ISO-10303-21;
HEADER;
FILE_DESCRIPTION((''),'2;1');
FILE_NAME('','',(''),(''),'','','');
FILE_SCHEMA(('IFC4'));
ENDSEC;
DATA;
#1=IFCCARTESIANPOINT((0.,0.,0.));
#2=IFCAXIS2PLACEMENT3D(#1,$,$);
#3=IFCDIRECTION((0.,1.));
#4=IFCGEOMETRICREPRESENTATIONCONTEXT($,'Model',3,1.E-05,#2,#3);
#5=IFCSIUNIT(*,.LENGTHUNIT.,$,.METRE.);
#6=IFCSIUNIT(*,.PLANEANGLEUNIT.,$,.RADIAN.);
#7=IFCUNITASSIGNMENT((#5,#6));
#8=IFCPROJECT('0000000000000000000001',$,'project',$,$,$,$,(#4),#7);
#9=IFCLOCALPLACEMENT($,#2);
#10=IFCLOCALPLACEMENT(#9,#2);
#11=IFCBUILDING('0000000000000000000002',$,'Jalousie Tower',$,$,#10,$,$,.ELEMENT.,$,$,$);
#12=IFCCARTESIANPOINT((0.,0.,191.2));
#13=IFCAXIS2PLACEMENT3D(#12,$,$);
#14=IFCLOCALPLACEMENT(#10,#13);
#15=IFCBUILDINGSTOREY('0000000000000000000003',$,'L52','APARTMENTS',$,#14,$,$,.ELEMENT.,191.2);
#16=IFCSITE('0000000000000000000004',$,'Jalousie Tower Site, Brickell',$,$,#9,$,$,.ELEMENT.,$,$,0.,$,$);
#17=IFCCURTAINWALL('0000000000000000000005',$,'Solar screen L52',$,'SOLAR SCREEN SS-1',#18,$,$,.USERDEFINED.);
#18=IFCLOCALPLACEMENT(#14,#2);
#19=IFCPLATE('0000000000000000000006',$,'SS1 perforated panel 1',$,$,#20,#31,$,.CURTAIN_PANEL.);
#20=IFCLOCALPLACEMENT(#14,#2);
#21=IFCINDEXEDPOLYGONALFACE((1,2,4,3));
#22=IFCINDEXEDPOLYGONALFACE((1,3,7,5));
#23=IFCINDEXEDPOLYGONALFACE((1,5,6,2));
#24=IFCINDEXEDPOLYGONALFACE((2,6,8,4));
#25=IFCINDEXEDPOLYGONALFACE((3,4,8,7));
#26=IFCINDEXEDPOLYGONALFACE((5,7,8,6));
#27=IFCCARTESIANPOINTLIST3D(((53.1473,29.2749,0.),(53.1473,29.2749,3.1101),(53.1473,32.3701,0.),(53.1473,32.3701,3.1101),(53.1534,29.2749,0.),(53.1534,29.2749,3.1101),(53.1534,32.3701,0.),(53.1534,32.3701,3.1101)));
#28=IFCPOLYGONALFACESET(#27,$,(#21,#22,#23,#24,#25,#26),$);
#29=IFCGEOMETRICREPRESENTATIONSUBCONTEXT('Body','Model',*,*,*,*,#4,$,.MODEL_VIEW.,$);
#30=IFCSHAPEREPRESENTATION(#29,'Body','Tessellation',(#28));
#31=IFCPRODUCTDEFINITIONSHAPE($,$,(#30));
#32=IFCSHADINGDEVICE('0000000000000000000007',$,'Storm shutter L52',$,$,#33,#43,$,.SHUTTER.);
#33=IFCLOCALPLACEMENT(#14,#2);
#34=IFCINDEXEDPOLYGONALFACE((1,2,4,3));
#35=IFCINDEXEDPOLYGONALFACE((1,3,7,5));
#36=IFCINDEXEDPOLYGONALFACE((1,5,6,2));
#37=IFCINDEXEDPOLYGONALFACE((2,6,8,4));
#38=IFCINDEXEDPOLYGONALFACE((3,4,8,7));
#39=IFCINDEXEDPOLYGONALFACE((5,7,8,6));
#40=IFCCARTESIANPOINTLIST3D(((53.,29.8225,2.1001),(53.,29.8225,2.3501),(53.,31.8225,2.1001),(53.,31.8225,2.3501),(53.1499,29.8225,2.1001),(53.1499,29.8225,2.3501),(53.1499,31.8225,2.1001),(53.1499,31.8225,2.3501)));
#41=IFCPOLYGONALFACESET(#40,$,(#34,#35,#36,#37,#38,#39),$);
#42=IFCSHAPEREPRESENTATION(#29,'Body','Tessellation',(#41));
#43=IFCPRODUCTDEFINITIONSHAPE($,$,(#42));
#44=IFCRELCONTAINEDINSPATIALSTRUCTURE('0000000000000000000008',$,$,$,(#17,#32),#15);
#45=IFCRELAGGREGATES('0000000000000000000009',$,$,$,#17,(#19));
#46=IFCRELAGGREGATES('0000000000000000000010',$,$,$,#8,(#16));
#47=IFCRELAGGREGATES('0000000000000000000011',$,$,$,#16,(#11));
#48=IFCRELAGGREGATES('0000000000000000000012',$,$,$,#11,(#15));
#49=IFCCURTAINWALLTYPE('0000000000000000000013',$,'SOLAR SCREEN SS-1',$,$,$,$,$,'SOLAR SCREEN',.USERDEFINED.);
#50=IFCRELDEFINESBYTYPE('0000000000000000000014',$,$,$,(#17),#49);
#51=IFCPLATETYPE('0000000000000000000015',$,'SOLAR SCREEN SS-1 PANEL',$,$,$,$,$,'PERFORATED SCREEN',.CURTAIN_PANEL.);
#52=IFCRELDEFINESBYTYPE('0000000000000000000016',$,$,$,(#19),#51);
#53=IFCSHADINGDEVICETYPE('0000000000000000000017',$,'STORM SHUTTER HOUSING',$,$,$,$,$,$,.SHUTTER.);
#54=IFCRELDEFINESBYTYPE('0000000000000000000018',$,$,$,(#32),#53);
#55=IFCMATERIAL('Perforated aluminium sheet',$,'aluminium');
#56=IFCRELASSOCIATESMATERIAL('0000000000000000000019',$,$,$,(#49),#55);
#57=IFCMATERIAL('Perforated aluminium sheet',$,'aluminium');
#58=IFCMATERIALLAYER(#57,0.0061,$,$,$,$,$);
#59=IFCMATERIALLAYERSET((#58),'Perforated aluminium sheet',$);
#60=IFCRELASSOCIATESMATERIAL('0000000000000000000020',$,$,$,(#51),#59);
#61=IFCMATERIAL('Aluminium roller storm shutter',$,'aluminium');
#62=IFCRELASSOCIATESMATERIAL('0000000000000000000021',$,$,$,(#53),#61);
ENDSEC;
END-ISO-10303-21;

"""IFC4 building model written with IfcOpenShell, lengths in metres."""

from ifc_helpers import new_model, si_unit, direction, frame, origin, origin_2d, place, context, subcontext, project, spatial, rectangle, extrude, material, layer, layer_set, type_object, element, aggregate, save


model = new_model("IFC4")

# Units and contexts
model_context = context("Model", 3, precision=1e-05, world=origin(), true_north=direction((0.0, 1.0)))
body_context = subcontext(model_context, "Body", "Model", "MODEL_VIEW")
ifc_project = project(units=[si_unit("LENGTHUNIT", "METRE"), si_unit("PLANEANGLEUNIT", "RADIAN")], contexts=[model_context])

# Site, building, storey
site_placement = place(None, origin())
site = spatial("IfcSite", under=ifc_project, at=site_placement, Name="Jalousie Tower Site, Brickell", CompositionType="ELEMENT", RefElevation=0.0)
building_placement = place(site_placement, origin())
building = spatial("IfcBuilding", under=site, at=building_placement, Name="Jalousie Tower", CompositionType="ELEMENT")
storey_placement = place(building_placement, frame((0.0, 0.0, 191.2)))
storey = spatial("IfcBuildingStorey", under=building, at=storey_placement, Name="L52", Description="APARTMENTS", CompositionType="ELEMENT", Elevation=191.2)

# Curtain wall
ifc_material_1 = material(Name="Perforated aluminium sheet", Category="aluminium")
curtain_wall_type_1 = type_object("IfcCurtainWallType", Name="SOLAR SCREEN SS-1", ElementType="SOLAR SCREEN", PredefinedType="USERDEFINED", material=ifc_material_1)
curtain_wall_1_placement = place(storey_placement, origin())
curtain_wall_1 = element("IfcCurtainWall", 1, at=curtain_wall_1_placement, inside=storey, type_object=curtain_wall_type_1, Name="Solar screen L52", ObjectType="SOLAR SCREEN SS-1", PredefinedType="USERDEFINED")

# Plate
ifc_material_2 = material(Name="Perforated aluminium sheet", Category="aluminium")
ifc_layer_1 = layer(ifc_material_2, 0.0061)
ifc_layer_set_1 = layer_set([ifc_layer_1], Name="Perforated aluminium sheet")
plate_type_1 = type_object("IfcPlateType", Name="SOLAR SCREEN SS-1 PANEL", ElementType="PERFORATED SCREEN", PredefinedType="CURTAIN_PANEL", material=ifc_layer_set_1)
plate_1_placement = place(storey_placement, frame((53.1504, 30.8225, 0.0), z_axis=(0.0, 0.0, 1.0), x_axis=(0.0, 1.0, 0.0)))
plate_1 = element("IfcPlate", 2, at=plate_1_placement, type_object=plate_type_1, Name="SS1 perforated panel 1", PredefinedType="CURTAIN_PANEL", context=body_context, shape_type="SweptSolid", body=[
    extrude(rectangle(XDim=3.0952, YDim=0.0061, at=origin_2d()), origin(), (0.0, 0.0, 1.0), 3.1101),
])
aggregate(curtain_wall_1, [plate_1])

# Shading device
ifc_material_3 = material(Name="Aluminium roller storm shutter", Category="aluminium")
shading_device_type = type_object("IfcShadingDeviceType", Name="STORM SHUTTER HOUSING", PredefinedType="SHUTTER", material=ifc_material_3)
shading_device_placement = place(storey_placement, frame((53.075, 30.8225, 2.1001), z_axis=(0.0, 0.0, 1.0), x_axis=(0.0, 1.0, 0.0)))
element("IfcShadingDevice", 3, at=shading_device_placement, inside=storey, type_object=shading_device_type, Name="Storm shutter L52", PredefinedType="SHUTTER", context=body_context, shape_type="SweptSolid", body=[
    extrude(rectangle(XDim=2.0, YDim=0.1499, at=origin_2d()), origin(), (0.0, 0.0, 1.0), 0.25),
])

save(model, "model.ifc")
